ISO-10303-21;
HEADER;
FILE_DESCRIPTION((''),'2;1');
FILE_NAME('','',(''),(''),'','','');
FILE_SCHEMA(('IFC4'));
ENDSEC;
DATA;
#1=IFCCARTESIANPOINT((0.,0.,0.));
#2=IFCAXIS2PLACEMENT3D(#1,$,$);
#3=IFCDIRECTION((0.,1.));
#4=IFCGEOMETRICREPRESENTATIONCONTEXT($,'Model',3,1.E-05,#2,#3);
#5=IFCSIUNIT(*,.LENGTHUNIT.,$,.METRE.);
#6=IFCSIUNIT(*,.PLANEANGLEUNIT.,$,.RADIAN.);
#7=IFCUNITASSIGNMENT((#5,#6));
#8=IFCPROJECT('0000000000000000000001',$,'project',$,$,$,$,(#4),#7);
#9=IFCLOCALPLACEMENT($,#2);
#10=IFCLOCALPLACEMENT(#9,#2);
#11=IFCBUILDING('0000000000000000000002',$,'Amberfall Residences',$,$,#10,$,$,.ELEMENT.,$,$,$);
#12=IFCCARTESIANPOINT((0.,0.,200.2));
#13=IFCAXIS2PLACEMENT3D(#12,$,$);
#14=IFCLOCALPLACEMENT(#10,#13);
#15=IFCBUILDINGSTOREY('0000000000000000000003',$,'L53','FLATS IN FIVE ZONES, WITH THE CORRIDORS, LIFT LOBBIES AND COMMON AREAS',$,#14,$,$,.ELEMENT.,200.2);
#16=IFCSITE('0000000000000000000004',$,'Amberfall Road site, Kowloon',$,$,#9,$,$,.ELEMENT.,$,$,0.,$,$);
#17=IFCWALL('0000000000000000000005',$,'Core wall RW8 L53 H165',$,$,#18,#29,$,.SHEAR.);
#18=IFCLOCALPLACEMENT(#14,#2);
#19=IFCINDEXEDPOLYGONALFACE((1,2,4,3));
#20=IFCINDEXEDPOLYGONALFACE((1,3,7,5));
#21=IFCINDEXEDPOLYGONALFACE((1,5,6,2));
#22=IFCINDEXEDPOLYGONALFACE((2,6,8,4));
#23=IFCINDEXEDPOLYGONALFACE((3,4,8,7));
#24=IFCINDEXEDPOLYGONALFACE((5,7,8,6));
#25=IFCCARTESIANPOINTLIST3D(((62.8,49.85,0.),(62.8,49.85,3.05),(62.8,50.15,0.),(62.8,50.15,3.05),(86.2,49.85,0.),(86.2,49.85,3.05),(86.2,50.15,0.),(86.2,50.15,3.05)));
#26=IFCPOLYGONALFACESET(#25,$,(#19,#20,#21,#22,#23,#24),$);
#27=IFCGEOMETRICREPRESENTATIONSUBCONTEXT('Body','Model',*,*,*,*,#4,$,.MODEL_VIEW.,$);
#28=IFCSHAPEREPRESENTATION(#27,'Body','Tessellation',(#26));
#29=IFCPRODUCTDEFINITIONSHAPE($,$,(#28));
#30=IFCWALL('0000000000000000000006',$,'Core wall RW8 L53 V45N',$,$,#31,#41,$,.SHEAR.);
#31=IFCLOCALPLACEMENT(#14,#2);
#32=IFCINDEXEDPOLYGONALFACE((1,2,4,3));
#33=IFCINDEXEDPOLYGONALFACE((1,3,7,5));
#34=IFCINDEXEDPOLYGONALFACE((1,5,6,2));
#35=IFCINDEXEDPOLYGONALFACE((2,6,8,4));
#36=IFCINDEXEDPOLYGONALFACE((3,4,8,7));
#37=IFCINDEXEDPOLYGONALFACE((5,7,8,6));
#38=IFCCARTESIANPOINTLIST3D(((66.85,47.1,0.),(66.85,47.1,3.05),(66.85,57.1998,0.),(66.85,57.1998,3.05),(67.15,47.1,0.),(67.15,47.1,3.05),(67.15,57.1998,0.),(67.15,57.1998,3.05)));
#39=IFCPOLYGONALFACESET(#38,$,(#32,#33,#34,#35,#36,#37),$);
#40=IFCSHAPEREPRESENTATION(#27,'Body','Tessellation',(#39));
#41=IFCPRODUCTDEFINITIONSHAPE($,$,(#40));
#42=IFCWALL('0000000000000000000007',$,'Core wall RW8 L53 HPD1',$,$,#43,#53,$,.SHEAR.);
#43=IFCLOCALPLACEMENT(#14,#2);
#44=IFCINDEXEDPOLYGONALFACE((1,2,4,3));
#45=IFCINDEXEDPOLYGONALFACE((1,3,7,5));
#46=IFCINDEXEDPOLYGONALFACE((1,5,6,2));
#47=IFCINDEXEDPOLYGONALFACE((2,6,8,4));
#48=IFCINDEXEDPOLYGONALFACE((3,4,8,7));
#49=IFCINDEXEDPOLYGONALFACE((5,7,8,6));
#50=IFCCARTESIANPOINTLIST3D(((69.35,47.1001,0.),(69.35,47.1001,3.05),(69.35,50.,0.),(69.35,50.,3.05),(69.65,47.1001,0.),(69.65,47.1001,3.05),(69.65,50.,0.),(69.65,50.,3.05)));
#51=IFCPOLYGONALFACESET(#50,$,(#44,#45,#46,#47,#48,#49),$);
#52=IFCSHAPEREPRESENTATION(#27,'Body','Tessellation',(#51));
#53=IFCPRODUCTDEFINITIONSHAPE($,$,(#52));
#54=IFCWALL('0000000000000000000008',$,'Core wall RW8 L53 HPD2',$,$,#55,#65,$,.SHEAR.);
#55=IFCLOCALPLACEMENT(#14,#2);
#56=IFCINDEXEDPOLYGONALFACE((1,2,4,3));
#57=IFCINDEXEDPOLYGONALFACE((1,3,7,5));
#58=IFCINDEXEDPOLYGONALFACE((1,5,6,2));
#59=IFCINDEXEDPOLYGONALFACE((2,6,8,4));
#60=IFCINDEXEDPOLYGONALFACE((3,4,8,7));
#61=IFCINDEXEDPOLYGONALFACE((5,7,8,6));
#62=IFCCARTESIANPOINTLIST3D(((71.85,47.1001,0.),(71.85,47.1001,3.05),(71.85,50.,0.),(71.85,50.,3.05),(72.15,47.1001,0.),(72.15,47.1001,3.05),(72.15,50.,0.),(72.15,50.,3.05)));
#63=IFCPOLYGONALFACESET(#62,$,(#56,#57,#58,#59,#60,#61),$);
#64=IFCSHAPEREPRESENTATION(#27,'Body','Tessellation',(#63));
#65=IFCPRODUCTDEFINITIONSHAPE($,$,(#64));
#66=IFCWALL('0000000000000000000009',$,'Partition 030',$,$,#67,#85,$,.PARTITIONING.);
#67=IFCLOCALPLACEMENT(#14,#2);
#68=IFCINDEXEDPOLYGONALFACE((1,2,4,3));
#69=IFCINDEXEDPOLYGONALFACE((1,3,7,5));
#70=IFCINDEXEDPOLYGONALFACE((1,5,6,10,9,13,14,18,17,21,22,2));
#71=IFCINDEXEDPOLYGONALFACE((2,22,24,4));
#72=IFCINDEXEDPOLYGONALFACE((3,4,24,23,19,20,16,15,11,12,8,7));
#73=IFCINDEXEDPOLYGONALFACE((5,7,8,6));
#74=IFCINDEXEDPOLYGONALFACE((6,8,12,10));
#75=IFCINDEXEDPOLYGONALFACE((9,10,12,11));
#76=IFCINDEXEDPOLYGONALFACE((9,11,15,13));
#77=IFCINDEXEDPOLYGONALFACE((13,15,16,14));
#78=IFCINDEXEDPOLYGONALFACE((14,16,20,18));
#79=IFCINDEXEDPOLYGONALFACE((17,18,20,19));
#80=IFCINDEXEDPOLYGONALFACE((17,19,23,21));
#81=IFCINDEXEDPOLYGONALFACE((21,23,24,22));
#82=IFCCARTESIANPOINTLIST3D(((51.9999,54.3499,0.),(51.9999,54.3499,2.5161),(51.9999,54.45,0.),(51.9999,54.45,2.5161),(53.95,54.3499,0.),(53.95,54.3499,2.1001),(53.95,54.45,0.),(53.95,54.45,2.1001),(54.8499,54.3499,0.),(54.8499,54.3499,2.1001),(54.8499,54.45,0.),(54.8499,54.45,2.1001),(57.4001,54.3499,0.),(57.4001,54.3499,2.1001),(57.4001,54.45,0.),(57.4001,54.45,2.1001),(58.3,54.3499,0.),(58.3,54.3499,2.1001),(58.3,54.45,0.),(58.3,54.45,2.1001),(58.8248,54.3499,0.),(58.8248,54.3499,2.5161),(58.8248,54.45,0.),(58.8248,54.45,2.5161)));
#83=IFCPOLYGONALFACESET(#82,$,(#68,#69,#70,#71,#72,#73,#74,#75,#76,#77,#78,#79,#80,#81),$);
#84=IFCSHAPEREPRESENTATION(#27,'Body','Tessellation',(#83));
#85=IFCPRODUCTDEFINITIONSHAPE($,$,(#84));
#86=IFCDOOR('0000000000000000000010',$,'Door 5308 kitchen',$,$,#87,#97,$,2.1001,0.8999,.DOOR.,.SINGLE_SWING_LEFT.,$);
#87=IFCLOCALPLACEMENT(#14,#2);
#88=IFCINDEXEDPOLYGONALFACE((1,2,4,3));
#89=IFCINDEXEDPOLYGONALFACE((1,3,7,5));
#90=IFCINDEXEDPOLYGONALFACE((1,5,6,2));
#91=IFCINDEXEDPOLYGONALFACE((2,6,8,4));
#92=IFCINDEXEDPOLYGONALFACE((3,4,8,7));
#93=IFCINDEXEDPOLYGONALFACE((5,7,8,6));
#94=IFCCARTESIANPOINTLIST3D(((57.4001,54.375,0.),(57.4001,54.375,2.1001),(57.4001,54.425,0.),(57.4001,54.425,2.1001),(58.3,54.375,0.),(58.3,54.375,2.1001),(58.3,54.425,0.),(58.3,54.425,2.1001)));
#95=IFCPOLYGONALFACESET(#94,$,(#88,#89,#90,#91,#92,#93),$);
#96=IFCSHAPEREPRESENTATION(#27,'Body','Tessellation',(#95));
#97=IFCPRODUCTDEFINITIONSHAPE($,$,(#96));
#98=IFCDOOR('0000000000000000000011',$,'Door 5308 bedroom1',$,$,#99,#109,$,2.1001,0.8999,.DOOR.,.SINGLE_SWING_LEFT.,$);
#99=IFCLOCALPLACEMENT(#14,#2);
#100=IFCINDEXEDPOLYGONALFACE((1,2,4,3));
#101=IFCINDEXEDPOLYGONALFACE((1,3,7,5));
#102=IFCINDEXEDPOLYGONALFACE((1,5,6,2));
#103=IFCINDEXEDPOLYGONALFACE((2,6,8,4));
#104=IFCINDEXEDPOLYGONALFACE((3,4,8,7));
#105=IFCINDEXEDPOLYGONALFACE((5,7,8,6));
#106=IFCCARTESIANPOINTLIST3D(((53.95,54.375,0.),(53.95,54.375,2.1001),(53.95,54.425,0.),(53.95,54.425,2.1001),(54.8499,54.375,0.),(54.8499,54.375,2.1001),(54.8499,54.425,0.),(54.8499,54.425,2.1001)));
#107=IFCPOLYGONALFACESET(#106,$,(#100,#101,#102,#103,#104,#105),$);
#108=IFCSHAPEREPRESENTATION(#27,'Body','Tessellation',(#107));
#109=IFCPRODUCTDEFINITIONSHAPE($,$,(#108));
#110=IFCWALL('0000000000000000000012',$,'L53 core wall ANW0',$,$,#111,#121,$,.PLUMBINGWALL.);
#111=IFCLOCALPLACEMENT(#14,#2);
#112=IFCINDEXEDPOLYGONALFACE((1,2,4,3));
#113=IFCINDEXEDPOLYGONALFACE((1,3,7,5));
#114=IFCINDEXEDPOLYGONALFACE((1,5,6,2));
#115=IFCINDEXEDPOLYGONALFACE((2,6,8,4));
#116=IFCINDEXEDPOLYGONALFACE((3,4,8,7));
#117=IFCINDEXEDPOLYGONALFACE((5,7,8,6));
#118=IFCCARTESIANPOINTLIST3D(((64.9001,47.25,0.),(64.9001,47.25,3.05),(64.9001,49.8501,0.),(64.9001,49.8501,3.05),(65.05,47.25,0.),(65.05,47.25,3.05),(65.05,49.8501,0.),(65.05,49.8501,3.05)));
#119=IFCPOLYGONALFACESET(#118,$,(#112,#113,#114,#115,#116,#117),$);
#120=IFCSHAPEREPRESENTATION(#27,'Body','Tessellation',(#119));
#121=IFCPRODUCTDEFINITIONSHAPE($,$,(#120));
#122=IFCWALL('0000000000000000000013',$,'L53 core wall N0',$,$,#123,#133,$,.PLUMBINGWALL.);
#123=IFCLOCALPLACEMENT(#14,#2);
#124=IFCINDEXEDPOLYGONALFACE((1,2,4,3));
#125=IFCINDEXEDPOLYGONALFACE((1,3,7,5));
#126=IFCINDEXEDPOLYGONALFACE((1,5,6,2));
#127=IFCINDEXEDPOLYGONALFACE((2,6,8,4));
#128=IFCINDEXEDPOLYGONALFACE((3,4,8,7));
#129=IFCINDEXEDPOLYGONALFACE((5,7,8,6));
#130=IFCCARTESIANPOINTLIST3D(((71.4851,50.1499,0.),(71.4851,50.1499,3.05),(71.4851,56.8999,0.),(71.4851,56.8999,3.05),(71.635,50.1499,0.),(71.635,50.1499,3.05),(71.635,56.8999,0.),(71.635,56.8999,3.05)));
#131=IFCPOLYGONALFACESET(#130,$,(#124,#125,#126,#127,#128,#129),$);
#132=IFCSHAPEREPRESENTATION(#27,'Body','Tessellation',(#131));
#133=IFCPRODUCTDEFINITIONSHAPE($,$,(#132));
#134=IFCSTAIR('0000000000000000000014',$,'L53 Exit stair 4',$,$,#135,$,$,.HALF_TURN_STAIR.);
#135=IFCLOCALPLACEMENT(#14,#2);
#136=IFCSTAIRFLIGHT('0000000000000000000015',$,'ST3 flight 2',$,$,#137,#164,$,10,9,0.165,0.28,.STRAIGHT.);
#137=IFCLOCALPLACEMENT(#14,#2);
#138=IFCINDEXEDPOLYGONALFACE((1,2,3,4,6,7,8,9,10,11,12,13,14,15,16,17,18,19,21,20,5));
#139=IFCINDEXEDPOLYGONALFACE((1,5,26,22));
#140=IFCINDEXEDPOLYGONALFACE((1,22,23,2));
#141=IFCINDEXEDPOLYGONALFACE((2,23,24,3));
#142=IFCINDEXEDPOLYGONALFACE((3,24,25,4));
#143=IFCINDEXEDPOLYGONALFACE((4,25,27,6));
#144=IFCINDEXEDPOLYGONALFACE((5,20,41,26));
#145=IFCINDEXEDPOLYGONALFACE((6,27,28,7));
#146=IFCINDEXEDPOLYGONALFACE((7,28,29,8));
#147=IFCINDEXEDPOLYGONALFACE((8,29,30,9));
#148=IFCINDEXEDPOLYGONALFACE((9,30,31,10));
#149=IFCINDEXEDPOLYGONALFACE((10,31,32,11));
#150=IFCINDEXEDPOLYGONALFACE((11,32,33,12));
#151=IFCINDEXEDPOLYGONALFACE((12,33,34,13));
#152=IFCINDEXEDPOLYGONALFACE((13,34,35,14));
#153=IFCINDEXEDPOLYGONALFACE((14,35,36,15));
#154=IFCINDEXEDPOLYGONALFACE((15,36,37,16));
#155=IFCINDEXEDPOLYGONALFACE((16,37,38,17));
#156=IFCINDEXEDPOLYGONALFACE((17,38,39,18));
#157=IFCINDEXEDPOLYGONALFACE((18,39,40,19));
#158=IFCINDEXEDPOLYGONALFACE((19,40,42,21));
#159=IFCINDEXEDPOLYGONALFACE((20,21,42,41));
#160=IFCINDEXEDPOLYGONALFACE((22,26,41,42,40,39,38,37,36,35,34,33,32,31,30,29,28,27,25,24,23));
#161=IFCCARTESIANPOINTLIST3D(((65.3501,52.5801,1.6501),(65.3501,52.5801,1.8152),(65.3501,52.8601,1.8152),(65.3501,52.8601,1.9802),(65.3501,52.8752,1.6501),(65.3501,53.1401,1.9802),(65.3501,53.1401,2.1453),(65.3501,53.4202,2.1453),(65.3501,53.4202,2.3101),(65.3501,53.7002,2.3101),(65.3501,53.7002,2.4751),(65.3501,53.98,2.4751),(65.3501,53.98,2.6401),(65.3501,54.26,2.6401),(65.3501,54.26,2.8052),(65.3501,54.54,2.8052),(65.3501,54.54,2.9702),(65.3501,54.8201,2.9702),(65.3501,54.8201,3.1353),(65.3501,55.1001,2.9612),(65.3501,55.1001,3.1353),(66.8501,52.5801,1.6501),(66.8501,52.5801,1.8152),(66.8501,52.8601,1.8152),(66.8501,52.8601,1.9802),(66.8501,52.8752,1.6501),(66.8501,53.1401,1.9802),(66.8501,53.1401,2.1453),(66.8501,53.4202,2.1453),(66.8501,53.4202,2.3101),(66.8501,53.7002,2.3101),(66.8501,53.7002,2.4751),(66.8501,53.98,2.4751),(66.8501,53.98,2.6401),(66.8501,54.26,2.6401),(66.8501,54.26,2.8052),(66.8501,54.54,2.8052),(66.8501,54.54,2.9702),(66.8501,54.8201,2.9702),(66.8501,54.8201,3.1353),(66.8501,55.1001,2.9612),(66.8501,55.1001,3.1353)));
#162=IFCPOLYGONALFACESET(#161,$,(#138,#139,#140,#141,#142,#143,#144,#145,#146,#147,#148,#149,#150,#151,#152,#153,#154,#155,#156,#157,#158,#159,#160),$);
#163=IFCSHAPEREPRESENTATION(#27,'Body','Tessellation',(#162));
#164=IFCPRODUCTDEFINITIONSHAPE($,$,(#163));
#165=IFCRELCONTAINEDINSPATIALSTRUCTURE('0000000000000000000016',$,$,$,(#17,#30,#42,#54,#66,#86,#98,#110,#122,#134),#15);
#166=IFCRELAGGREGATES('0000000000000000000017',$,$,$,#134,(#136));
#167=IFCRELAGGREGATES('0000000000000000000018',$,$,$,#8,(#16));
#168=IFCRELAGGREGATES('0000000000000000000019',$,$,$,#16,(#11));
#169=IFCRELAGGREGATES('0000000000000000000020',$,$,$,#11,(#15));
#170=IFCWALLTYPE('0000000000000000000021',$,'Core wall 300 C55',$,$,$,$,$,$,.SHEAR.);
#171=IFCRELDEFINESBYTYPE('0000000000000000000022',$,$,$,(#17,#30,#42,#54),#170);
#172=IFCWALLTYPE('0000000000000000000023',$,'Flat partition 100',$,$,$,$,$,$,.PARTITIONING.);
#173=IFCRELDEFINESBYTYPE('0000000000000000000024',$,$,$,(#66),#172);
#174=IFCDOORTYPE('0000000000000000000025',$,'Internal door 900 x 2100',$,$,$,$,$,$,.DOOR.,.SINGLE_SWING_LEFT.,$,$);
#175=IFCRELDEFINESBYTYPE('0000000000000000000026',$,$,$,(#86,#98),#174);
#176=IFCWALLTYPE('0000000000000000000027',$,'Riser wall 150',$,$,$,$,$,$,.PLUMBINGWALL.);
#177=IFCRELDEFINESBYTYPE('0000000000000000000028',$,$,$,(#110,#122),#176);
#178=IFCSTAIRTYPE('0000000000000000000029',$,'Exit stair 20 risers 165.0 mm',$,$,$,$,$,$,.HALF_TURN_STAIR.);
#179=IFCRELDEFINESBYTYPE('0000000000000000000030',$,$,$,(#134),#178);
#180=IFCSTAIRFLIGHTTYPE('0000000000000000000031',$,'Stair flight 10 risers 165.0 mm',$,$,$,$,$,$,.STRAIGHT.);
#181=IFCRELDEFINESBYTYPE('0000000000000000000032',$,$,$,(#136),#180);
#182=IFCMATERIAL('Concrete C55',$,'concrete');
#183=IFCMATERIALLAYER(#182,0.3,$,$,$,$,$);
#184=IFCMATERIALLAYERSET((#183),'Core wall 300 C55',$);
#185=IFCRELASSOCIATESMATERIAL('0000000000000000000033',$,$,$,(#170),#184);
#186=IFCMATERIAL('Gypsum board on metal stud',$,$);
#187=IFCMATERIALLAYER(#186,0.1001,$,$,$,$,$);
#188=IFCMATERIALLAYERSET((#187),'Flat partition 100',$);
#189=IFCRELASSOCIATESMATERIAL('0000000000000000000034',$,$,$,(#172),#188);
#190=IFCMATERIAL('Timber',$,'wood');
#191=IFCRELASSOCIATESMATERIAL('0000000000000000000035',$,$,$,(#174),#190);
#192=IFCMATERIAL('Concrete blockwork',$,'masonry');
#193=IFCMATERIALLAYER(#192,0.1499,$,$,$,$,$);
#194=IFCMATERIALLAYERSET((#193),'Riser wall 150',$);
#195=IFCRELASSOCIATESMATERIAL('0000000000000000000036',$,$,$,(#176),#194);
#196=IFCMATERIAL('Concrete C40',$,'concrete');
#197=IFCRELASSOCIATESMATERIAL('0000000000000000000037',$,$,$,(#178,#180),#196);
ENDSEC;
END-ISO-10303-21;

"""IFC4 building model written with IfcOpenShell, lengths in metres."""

from ifc_helpers import new_model, si_unit, direction, frame, frame_2d, origin, place, context, subcontext, project, spatial, polyline, rectangle, outline, extrude, material, layer, layer_set, type_object, element, fill, aggregate, save


model = new_model("IFC4")

# Units and contexts
model_context = context("Model", 3, precision=1e-05, world=origin(), true_north=direction((0.0, 1.0)))
body_context = subcontext(model_context, "Body", "Model", "MODEL_VIEW")
ifc_project = project(units=[si_unit("LENGTHUNIT", "METRE"), si_unit("PLANEANGLEUNIT", "RADIAN")], contexts=[model_context])

# Site, building, storey
site_placement = place(None, origin())
site = spatial("IfcSite", under=ifc_project, at=site_placement, Name="Amberfall Road site, Kowloon", CompositionType="ELEMENT", RefElevation=0.0)
building_placement = place(site_placement, origin())
building = spatial("IfcBuilding", under=site, at=building_placement, Name="Amberfall Residences", CompositionType="ELEMENT")
storey_placement = place(building_placement, frame((0.0, 0.0, 200.2)))
storey = spatial("IfcBuildingStorey", under=building, at=storey_placement, Name="L53", Description="FLATS IN FIVE ZONES, WITH THE CORRIDORS, LIFT LOBBIES AND COMMON AREAS", CompositionType="ELEMENT", Elevation=200.2)

# Shared definitions
ifc_material_1 = material(Name="Concrete C55", Category="concrete")
ifc_layer_1 = layer(ifc_material_1, 0.3)
ifc_layer_set_1 = layer_set([ifc_layer_1], Name="Core wall 300 C55")
wall_type_1 = type_object("IfcWallType", Name="Core wall 300 C55", PredefinedType="SHEAR", material=ifc_layer_set_1)

# Walls
wall_1_placement = place(storey_placement, frame((62.8, 50.0, 0.0), z_axis=(0.0, 0.0, 1.0), x_axis=(1.0, 0.0, 0.0)))
element("IfcWall", 1, at=wall_1_placement, inside=storey, type_object=wall_type_1, Name="Core wall RW8 L53 H165", PredefinedType="SHEAR", context=body_context, shape_type="SweptSolid", body=[
    extrude(rectangle(XDim=23.3999, YDim=0.3, at=frame_2d((11.7, 0.0))), origin(), (0.0, 0.0, 1.0), 3.05),
])
wall_2_placement = place(storey_placement, frame((67.0, 47.1001, 0.0), z_axis=(0.0, 0.0, 1.0), x_axis=(0.0, 1.0, 0.0)))
element("IfcWall", 2, at=wall_2_placement, inside=storey, type_object=wall_type_1, Name="Core wall RW8 L53 V45N", PredefinedType="SHEAR", context=body_context, shape_type="SweptSolid", body=[
    extrude(rectangle(XDim=10.0999, YDim=0.3, at=frame_2d((5.0498, 0.0))), origin(), (0.0, 0.0, 1.0), 3.05),
])
for number, where, z_axis, x_axis, name in (
    (3, (69.5, 47.1001, 0.0), (0.0, 0.0, 1.0), (0.0, 1.0, 0.0), "Core wall RW8 L53 HPD1"),
    (4, (72.0, 47.1001, 0.0), (0.0, 0.0, 1.0), (0.0, 1.0, 0.0), "Core wall RW8 L53 HPD2"),
):
    element("IfcWall", number, at=place(storey_placement, frame(where, z_axis=z_axis, x_axis=x_axis)), inside=storey, type_object=wall_type_1, Name=name, PredefinedType="SHEAR", context=body_context, shape_type="SweptSolid", body=[
        extrude(rectangle(XDim=2.8999, YDim=0.3, at=frame_2d((1.45, 0.0))), origin(), (0.0, 0.0, 1.0), 3.05),
    ])

# Wall, openings, doors
ifc_material_2 = material(Name="Gypsum board on metal stud")
ifc_layer_2 = layer(ifc_material_2, 0.1001)
ifc_layer_set_2 = layer_set([ifc_layer_2], Name="Flat partition 100")
wall_type_2 = type_object("IfcWallType", Name="Flat partition 100", PredefinedType="PARTITIONING", material=ifc_layer_set_2)
wall_3_placement = place(storey_placement, frame((58.825, 54.3999, 0.0), z_axis=(0.0, 0.0, 1.0), x_axis=(-1.0, 0.0, 0.0)))
wall_3 = element("IfcWall", 5, at=wall_3_placement, inside=storey, type_object=wall_type_2, Name="Partition 030", PredefinedType="PARTITIONING", context=body_context, shape_type="SweptSolid", body=[
    extrude(rectangle(XDim=6.825, YDim=0.1001, at=frame_2d((3.4126, 0.0))), origin(), (0.0, 0.0, 1.0), 2.5161),
])
opening_1_placement = place(wall_3_placement, frame((0.5249, 0.0, 0.0)))
opening_1 = element("IfcOpeningElement", 6, at=opening_1_placement, cuts=wall_3, PredefinedType="OPENING", context=body_context, shape_type="SweptSolid", body=[
    extrude(rectangle(XDim=0.8999, YDim=2.1001, at=frame_2d((0.45, 1.05))), frame((0.0, 0.0601, 0.0), z_axis=(0.0, -1.0, 0.0), x_axis=(1.0, 0.0, 0.0)), (0.0, 0.0, 1.0), 0.1201),
])
opening_2_placement = place(wall_3_placement, frame((3.9751, 0.0, 0.0)))
opening_2 = element("IfcOpeningElement", 7, at=opening_2_placement, cuts=wall_3, PredefinedType="OPENING", context=body_context, shape_type="SweptSolid", body=[
    extrude(rectangle(XDim=0.8999, YDim=2.1001, at=frame_2d((0.45, 1.05))), frame((0.0, 0.0601, 0.0), z_axis=(0.0, -1.0, 0.0), x_axis=(1.0, 0.0, 0.0)), (0.0, 0.0, 1.0), 0.1201),
])
ifc_material_3 = material(Name="Timber", Category="wood")
door_type_1 = type_object("IfcDoorType", Name="Internal door 900 x 2100", OperationType="SINGLE_SWING_LEFT", PredefinedType="DOOR", material=ifc_material_3)
door_1_placement = place(opening_1_placement, origin())
door_1 = element("IfcDoor", 8, at=door_1_placement, inside=storey, type_object=door_type_1, Name="Door 5308 kitchen", OperationType="SINGLE_SWING_LEFT", OverallHeight=2.1001, OverallWidth=0.8999, PredefinedType="DOOR", context=body_context, shape_type="SweptSolid", body=[
    extrude(rectangle(XDim=0.8999, YDim=2.1001, at=frame_2d((0.45, 1.05))), frame((0.0, 0.0249, 0.0), z_axis=(0.0, -1.0, 0.0), x_axis=(1.0, 0.0, 0.0)), (0.0, 0.0, 1.0), 0.05),
])
fill(opening_1, door_1)
door_2_placement = place(opening_2_placement, origin())
door_2 = element("IfcDoor", 9, at=door_2_placement, inside=storey, type_object=door_type_1, Name="Door 5308 bedroom1", OperationType="SINGLE_SWING_LEFT", OverallHeight=2.1001, OverallWidth=0.8999, PredefinedType="DOOR", context=body_context, shape_type="SweptSolid", body=[
    extrude(rectangle(XDim=0.8999, YDim=2.1001, at=frame_2d((0.45, 1.05))), frame((0.0, 0.0249, 0.0), z_axis=(0.0, -1.0, 0.0), x_axis=(1.0, 0.0, 0.0)), (0.0, 0.0, 1.0), 0.05),
])
fill(opening_2, door_2)

# Walls
ifc_material_4 = material(Name="Concrete blockwork", Category="masonry")
ifc_layer_3 = layer(ifc_material_4, 0.1499)
ifc_layer_set_3 = layer_set([ifc_layer_3], Name="Riser wall 150")
wall_type_3 = type_object("IfcWallType", Name="Riser wall 150", PredefinedType="PLUMBINGWALL", material=ifc_layer_set_3)
wall_4_placement = place(storey_placement, frame((64.9751, 47.25, 0.0), z_axis=(0.0, 0.0, 1.0), x_axis=(0.0, 1.0, 0.0)))
element("IfcWall", 10, at=wall_4_placement, inside=storey, type_object=wall_type_3, Name="L53 core wall ANW0", PredefinedType="PLUMBINGWALL", context=body_context, shape_type="SweptSolid", body=[
    extrude(rectangle(XDim=2.6001, YDim=0.1499, at=frame_2d((1.3, 0.0))), origin(), (0.0, 0.0, 1.0), 3.05),
])
wall_5_placement = place(storey_placement, frame((71.5601, 50.1499, 0.0), z_axis=(0.0, 0.0, 1.0), x_axis=(0.0, 1.0, 0.0)))
element("IfcWall", 11, at=wall_5_placement, inside=storey, type_object=wall_type_3, Name="L53 core wall N0", PredefinedType="PLUMBINGWALL", context=body_context, shape_type="SweptSolid", body=[
    extrude(rectangle(XDim=6.75, YDim=0.1499, at=frame_2d((3.375, 0.0))), origin(), (0.0, 0.0, 1.0), 3.05),
])

# Stair, stair flight
ifc_material_5 = material(Name="Concrete C40", Category="concrete")
stair_type = type_object("IfcStairType", Name="Exit stair 20 risers 165.0 mm", PredefinedType="HALF_TURN_STAIR", material=ifc_material_5)
stair_placement = place(storey_placement, origin())
stair = element("IfcStair", 12, at=stair_placement, inside=storey, type_object=stair_type, Name="L53 Exit stair 4", PredefinedType="HALF_TURN_STAIR")
stair_flight_type = type_object("IfcStairFlightType", Name="Stair flight 10 risers 165.0 mm", PredefinedType="STRAIGHT", material=ifc_material_5)
stair_flight_placement = place(storey_placement, frame((66.1001, 52.5801, 1.6501), z_axis=(0.0, 0.0, 1.0), x_axis=(0.0, 1.0, 0.0)))
stair_flight = element("IfcStairFlight", 13, at=stair_flight_placement, type_object=stair_flight_type, Name="ST3 flight 2", NumberOfRisers=10, NumberOfTreads=9, PredefinedType="STRAIGHT", RiserHeight=0.165, TreadLength=0.28, context=body_context, shape_type="SweptSolid", body=[
    extrude(outline(polyline([(0.0, 0.0), (0.0, 0.165), (0.28, 0.165), (0.28, 0.3301), (0.5601, 0.3301), (0.5601, 0.4951), (0.8401, 0.4951), (0.8401, 0.6599), (1.1201, 0.6599), (1.1201, 0.825), (1.3999, 0.825), (1.3999, 0.99), (1.6799, 0.99), (1.6799, 1.155), (1.96, 1.155), (1.96, 1.3201), (2.24, 1.3201), (2.24, 1.4851), (2.52, 1.4851), (2.52, 1.6499), (2.52, 1.311), (0.2952, 0.0), (0.0, 0.0)])), frame((0.0, 0.75, 0.0), z_axis=(0.0, -1.0, 0.0), x_axis=(1.0, 0.0, 0.0)), (0.0, 0.0, 1.0), 1.5),
])
aggregate(stair, [stair_flight])

save(model, "model.ifc")
